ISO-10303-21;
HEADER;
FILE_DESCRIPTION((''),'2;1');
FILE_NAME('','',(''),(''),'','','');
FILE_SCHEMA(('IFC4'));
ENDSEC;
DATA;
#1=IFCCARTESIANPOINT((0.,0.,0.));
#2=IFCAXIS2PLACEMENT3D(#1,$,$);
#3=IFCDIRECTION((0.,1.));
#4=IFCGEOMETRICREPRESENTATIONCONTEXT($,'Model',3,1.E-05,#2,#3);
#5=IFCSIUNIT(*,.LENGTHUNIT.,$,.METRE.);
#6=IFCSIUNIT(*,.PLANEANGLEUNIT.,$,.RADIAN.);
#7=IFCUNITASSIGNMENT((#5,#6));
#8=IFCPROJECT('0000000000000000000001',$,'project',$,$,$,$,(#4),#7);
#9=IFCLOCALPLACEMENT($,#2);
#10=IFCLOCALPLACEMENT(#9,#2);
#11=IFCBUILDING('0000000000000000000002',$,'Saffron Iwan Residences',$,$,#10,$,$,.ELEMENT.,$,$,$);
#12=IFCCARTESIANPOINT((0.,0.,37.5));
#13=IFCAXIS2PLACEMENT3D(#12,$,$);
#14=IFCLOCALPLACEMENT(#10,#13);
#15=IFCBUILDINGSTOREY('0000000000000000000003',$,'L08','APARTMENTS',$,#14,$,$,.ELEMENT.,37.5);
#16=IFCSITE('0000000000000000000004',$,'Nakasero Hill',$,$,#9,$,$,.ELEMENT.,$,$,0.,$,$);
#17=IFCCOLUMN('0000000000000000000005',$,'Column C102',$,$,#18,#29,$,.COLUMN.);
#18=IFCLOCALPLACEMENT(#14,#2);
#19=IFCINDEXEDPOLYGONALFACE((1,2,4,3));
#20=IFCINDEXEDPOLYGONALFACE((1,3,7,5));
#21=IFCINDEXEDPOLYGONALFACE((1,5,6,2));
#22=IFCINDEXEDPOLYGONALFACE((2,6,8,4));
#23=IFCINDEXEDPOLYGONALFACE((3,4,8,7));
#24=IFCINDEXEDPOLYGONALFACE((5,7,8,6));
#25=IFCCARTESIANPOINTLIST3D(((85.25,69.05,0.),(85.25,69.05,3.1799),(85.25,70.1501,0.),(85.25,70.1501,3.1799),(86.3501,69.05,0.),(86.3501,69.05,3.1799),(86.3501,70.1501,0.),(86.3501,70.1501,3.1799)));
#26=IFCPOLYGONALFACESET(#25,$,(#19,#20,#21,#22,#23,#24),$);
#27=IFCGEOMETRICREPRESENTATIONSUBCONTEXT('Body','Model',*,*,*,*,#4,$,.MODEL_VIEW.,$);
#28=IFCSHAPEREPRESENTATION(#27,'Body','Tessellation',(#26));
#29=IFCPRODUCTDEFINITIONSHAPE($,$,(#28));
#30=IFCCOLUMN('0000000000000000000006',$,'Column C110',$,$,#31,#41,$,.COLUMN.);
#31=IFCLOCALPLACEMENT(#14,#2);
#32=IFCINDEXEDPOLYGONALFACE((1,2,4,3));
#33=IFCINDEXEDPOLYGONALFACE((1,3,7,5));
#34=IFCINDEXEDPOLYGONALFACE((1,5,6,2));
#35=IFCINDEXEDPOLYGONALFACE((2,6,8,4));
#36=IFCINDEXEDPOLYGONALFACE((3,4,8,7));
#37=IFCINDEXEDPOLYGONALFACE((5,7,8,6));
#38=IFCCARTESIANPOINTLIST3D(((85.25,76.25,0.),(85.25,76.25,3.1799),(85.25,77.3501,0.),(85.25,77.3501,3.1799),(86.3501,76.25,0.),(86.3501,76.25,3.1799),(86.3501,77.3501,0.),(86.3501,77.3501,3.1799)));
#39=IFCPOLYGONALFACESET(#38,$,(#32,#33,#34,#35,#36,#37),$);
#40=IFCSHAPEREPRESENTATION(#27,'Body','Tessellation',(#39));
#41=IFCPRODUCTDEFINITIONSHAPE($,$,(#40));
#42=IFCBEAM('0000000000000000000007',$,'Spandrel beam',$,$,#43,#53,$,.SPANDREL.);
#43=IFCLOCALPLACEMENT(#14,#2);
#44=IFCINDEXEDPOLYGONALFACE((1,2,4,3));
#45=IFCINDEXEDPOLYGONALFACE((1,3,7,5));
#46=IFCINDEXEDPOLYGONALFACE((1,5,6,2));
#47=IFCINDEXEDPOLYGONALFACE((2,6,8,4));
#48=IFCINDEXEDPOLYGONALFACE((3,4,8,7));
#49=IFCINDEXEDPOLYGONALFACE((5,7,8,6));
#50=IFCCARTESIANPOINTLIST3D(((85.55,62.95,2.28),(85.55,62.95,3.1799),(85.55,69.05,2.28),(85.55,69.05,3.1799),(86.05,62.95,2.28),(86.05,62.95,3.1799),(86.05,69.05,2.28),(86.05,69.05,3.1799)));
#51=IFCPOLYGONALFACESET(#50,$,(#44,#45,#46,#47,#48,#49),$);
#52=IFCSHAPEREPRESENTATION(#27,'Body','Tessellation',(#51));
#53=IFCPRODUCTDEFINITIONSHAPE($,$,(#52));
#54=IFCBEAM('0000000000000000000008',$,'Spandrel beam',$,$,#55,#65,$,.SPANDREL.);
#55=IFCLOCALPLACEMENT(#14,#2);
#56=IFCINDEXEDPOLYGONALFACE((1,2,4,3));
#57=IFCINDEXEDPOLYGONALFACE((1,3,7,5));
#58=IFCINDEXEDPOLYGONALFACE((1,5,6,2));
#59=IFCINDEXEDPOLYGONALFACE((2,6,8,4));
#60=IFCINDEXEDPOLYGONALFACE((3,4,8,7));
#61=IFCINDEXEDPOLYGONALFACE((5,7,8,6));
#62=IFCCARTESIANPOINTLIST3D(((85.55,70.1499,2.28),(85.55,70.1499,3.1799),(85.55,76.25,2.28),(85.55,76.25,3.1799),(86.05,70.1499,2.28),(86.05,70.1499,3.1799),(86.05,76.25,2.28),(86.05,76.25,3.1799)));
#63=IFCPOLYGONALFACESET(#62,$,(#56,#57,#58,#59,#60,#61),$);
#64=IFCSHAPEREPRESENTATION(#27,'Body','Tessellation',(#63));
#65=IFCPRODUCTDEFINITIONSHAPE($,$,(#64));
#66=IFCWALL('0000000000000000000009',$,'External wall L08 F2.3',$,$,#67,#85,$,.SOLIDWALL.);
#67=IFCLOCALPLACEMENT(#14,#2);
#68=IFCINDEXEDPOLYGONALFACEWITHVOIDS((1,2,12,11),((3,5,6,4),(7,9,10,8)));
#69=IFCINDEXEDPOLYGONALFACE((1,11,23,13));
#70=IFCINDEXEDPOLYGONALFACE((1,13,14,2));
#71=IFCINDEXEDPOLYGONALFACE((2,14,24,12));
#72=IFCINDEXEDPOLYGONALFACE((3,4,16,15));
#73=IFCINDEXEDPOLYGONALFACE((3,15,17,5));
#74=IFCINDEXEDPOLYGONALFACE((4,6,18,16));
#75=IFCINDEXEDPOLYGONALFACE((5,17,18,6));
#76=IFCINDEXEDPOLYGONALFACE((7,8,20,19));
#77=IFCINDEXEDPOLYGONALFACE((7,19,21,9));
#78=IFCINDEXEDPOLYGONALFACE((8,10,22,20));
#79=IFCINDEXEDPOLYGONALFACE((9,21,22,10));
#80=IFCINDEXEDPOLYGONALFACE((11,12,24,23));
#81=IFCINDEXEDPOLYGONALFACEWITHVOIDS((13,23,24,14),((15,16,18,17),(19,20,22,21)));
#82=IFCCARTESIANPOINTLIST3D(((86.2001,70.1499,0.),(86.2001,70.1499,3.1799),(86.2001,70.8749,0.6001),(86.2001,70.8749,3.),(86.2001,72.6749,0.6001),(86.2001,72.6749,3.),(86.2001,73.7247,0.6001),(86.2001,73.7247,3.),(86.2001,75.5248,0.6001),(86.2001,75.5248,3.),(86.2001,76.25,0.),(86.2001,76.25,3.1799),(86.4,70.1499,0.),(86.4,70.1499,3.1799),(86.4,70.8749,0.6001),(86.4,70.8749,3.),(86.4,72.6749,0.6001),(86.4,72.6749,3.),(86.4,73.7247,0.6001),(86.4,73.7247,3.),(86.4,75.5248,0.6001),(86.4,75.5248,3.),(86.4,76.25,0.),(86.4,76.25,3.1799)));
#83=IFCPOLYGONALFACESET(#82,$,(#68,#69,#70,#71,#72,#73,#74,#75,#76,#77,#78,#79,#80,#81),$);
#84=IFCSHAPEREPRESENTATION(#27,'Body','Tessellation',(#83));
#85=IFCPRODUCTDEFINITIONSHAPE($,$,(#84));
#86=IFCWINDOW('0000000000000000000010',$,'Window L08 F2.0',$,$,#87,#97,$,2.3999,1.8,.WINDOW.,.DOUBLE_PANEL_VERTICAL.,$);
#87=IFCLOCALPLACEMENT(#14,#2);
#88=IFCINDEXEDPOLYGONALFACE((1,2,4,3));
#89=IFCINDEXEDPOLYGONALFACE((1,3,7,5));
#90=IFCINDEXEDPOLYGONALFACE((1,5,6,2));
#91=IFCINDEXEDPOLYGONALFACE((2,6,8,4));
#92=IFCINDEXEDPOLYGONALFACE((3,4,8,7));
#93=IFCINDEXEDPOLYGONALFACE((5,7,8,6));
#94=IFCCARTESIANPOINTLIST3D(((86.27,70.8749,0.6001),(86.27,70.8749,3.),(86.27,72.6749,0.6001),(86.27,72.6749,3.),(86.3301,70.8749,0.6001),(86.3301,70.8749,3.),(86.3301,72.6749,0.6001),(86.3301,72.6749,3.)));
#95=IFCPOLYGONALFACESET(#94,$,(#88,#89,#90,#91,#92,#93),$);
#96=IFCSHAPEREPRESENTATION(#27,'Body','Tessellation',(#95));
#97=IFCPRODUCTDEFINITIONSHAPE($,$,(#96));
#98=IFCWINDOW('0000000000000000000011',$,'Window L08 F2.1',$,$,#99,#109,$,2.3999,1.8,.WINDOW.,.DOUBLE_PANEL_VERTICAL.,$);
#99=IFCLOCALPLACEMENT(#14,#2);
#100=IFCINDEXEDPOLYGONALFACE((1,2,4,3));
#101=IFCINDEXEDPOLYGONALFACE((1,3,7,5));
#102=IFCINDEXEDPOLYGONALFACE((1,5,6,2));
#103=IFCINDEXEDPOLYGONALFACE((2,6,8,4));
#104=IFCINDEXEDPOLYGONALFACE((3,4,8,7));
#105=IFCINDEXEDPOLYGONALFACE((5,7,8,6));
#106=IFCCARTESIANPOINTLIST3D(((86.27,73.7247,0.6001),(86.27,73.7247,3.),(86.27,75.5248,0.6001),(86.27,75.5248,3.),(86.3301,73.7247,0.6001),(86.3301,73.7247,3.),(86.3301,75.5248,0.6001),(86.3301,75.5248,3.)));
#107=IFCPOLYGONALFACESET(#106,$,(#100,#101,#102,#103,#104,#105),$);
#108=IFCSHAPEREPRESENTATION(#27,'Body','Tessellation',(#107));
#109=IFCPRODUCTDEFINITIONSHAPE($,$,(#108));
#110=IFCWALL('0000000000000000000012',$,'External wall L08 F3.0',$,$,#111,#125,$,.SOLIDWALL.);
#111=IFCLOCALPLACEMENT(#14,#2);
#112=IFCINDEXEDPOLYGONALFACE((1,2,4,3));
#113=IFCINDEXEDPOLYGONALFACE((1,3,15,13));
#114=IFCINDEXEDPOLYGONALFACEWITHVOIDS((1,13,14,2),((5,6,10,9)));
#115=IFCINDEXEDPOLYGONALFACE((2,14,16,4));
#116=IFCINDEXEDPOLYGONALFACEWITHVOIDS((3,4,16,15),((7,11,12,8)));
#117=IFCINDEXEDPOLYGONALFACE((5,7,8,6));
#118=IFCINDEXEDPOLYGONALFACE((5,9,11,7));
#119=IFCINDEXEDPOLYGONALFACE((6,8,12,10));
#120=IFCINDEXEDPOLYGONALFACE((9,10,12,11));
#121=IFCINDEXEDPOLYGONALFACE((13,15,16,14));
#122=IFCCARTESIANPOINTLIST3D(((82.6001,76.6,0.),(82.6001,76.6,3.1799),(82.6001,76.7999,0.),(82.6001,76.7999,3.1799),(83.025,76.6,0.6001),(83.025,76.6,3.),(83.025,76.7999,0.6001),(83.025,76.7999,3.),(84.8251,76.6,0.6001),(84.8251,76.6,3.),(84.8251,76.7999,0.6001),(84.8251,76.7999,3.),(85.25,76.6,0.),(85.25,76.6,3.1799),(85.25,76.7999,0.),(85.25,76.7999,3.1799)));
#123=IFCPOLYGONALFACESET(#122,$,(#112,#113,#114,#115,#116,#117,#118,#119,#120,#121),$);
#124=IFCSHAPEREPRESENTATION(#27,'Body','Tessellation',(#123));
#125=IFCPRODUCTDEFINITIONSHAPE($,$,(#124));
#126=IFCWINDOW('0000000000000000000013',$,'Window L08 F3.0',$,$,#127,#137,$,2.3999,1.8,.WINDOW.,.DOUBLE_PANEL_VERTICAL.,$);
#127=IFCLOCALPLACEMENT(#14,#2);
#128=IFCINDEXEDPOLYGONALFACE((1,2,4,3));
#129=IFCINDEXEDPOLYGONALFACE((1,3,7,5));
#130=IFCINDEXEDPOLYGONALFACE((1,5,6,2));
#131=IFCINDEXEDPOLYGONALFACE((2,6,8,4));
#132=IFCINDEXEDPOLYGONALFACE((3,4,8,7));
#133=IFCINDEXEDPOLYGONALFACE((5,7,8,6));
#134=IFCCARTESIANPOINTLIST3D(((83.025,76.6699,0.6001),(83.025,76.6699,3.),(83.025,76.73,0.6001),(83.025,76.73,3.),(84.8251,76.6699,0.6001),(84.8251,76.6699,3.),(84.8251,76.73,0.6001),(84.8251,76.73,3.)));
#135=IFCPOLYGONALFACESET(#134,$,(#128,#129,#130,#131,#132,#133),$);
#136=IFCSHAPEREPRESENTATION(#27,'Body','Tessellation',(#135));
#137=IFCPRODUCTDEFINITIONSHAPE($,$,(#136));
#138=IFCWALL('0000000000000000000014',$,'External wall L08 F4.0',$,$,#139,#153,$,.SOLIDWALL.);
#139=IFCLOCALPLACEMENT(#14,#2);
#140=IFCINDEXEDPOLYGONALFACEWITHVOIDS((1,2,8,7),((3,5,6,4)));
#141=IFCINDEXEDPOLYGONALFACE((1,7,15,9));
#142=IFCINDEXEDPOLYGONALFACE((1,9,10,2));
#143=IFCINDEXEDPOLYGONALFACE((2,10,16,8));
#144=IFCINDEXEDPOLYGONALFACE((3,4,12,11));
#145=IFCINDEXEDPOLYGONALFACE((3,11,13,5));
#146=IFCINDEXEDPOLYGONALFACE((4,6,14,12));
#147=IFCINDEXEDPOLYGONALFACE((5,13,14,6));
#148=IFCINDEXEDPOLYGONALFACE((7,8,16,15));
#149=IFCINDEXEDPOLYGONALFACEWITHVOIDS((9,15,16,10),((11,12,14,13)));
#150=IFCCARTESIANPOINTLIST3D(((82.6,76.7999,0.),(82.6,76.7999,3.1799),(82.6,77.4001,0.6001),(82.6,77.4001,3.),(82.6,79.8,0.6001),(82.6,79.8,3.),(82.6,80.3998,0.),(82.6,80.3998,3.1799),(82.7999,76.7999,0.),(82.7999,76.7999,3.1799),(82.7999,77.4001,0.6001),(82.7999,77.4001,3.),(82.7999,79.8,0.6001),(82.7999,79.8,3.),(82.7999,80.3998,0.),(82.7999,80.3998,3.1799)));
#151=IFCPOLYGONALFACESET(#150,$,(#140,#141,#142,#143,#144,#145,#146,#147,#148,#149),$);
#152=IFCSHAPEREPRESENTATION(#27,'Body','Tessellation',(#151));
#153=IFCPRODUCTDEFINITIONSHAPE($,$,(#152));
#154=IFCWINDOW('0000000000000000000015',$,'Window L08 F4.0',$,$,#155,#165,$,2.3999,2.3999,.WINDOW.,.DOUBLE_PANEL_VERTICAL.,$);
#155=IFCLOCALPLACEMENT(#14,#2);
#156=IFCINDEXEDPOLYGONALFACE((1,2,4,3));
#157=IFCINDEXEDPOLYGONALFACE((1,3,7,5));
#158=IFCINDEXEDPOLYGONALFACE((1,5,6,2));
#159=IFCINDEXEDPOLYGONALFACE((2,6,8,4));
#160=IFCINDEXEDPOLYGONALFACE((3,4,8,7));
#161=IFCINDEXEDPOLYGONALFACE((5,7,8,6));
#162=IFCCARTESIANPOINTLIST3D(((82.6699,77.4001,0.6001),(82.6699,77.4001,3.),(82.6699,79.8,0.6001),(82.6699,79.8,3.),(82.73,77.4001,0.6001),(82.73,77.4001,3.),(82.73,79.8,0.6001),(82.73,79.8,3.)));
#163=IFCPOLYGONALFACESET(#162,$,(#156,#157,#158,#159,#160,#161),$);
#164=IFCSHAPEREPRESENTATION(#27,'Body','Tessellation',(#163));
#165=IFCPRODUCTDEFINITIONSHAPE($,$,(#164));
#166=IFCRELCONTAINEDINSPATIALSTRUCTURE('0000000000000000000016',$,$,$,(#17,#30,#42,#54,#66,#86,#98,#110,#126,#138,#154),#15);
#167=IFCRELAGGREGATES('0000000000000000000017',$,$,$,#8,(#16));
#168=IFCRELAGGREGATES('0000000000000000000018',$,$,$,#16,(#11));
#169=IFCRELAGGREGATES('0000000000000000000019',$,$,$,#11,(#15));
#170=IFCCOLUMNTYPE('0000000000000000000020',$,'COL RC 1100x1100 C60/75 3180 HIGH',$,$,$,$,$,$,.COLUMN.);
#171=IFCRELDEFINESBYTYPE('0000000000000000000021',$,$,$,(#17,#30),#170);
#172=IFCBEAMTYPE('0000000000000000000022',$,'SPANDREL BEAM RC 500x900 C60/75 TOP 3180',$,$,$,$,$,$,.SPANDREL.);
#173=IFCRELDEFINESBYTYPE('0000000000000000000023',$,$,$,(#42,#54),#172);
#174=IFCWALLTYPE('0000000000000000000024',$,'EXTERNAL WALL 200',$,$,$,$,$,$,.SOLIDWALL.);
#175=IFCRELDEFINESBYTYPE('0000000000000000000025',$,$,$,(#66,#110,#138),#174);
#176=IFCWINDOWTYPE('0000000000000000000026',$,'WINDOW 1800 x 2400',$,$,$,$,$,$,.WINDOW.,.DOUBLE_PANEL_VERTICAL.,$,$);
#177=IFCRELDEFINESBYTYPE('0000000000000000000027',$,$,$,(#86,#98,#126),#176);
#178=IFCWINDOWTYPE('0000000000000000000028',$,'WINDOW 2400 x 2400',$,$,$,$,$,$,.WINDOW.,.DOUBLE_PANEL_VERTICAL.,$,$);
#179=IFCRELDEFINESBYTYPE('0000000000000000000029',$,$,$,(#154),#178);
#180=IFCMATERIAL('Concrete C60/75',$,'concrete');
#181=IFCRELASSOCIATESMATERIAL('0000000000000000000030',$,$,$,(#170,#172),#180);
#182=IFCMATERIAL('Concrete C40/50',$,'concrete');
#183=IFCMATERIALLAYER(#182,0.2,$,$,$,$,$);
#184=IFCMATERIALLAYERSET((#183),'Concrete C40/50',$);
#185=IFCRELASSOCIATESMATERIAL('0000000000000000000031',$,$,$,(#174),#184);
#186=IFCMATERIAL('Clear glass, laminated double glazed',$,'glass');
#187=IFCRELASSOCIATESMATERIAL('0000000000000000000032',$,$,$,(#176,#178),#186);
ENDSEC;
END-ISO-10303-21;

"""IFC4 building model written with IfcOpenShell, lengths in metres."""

from ifc_helpers import new_model, si_unit, direction, frame, frame_2d, origin, origin_2d, place, context, subcontext, project, spatial, rectangle, extrude, source, transform, mapped, material, layer, layer_set, material_profile, profile_set, type_object, element, fill, save


model = new_model("IFC4")

# Units and contexts
model_context = context("Model", 3, precision=1e-05, world=origin(), true_north=direction((0.0, 1.0)))
body_context = subcontext(model_context, "Body", "Model", "MODEL_VIEW")
ifc_project = project(units=[si_unit("LENGTHUNIT", "METRE"), si_unit("PLANEANGLEUNIT", "RADIAN")], contexts=[model_context])

# Site, building, storey
site_placement = place(None, origin())
site = spatial("IfcSite", under=ifc_project, at=site_placement, Name="Nakasero Hill", CompositionType="ELEMENT", RefElevation=0.0)
building_placement = place(site_placement, origin())
building = spatial("IfcBuilding", under=site, at=building_placement, Name="Saffron Iwan Residences", CompositionType="ELEMENT")
storey_placement = place(building_placement, frame((0.0, 0.0, 37.5)))
storey = spatial("IfcBuildingStorey", under=building, at=storey_placement, Name="L08", Description="APARTMENTS", CompositionType="ELEMENT", Elevation=37.5)

# Columns
ifc_material_1 = material(Name="Concrete C60/75", Category="concrete")
ifc_material_profile_1 = material_profile(ifc_material_1, rectangle(XDim=1.1001, YDim=1.1001, at=origin_2d()), Name="RC 1100x1100")
ifc_profile_set_1 = profile_set([ifc_material_profile_1], Name="Concrete C60/75")
column_type = type_object("IfcColumnType", Name="COL RC 1100x1100 C60/75 3180 HIGH", PredefinedType="COLUMN", material=ifc_profile_set_1)
shared_shape_1 = source(origin(), body_context, "Body", "SweptSolid", [
    extrude(rectangle(XDim=1.1001, YDim=1.1001, at=origin_2d()), origin(), (0.0, 0.0, 1.0), 3.1799),
])
for number, where, z_axis, x_axis, name in (
    (1, (85.8, 69.6001, 0.0), (0.0, 0.0, 1.0), (1.0, 0.0, 0.0), "Column C102"),
    (2, (85.8, 76.8, 0.0), (0.0, 0.0, 1.0), (1.0, 0.0, 0.0), "Column C110"),
):
    element("IfcColumn", number, at=place(storey_placement, frame(where, z_axis=z_axis, x_axis=x_axis)), inside=storey, type_object=column_type, Name=name, PredefinedType="COLUMN", context=body_context, shape_type="MappedRepresentation", body=[
        mapped(shared_shape_1, transform((0.0, 0.0, 0.0))),
    ])

# Beams
ifc_material_profile_2 = material_profile(ifc_material_1, rectangle(XDim=0.5, YDim=0.8999, at=origin_2d()), Name="RC 500x900")
ifc_profile_set_2 = profile_set([ifc_material_profile_2], Name="Concrete C60/75")
beam_type = type_object("IfcBeamType", Name="SPANDREL BEAM RC 500x900 C60/75 TOP 3180", PredefinedType="SPANDREL", material=ifc_profile_set_2)
shared_shape_2 = source(origin(), body_context, "Body", "SweptSolid", [
    extrude(rectangle(XDim=0.5, YDim=0.8999, at=origin_2d()), origin(), (0.0, 0.0, 1.0), 6.1001),
])
for number, where, z_axis, x_axis, name in (
    (3, (85.8, 69.05, 2.73), (0.0, -1.0, 0.0), (1.0, 0.0, 0.0), "Spandrel beam"),
    (4, (85.8, 76.25, 2.73), (0.0, -1.0, 0.0), (1.0, 0.0, 0.0), "Spandrel beam"),
):
    element("IfcBeam", number, at=place(storey_placement, frame(where, z_axis=z_axis, x_axis=x_axis)), inside=storey, type_object=beam_type, Name=name, PredefinedType="SPANDREL", context=body_context, shape_type="MappedRepresentation", body=[
        mapped(shared_shape_2, transform((0.0, 0.0, 0.0))),
    ])

# Wall, openings, windows
ifc_material_2 = material(Name="Concrete C40/50", Category="concrete")
ifc_layer = layer(ifc_material_2, 0.2)
ifc_layer_set = layer_set([ifc_layer], Name="Concrete C40/50")
wall_type = type_object("IfcWallType", Name="EXTERNAL WALL 200", PredefinedType="SOLIDWALL", material=ifc_layer_set)
wall_1_placement = place(storey_placement, frame((86.3, 70.1499, 0.0), z_axis=(0.0, 0.0, 1.0), x_axis=(0.0, 1.0, 0.0)))
wall_1 = element("IfcWall", 5, at=wall_1_placement, inside=storey, type_object=wall_type, Name="External wall L08 F2.3", PredefinedType="SOLIDWALL", context=body_context, shape_type="SweptSolid", body=[
    extrude(rectangle(XDim=6.1001, YDim=0.2, at=frame_2d((3.05, 0.0))), origin(), (0.0, 0.0, 1.0), 3.1799),
])
opening_1_placement = place(wall_1_placement, frame((0.7251, 0.0, 0.6001)))
opening_1 = element("IfcOpeningElement", 6, at=opening_1_placement, cuts=wall_1, PredefinedType="OPENING", context=body_context, shape_type="SweptSolid", body=[
    extrude(rectangle(XDim=1.8, YDim=2.3999, at=frame_2d((0.8999, 1.2))), frame((0.0, 0.1099, 0.0), z_axis=(0.0, -1.0, 0.0), x_axis=(1.0, 0.0, 0.0)), (0.0, 0.0, 1.0), 0.22),
])
opening_2_placement = place(wall_1_placement, frame((3.575, 0.0, 0.6001)))
opening_2 = element("IfcOpeningElement", 7, at=opening_2_placement, cuts=wall_1, PredefinedType="OPENING", context=body_context, shape_type="SweptSolid", body=[
    extrude(rectangle(XDim=1.8, YDim=2.3999, at=frame_2d((0.8999, 1.2))), frame((0.0, 0.1099, 0.0), z_axis=(0.0, -1.0, 0.0), x_axis=(1.0, 0.0, 0.0)), (0.0, 0.0, 1.0), 0.22),
])
ifc_material_3 = material(Name="Clear glass, laminated double glazed", Category="glass")
window_type_1 = type_object("IfcWindowType", Name="WINDOW 1800 x 2400", PartitioningType="DOUBLE_PANEL_VERTICAL", PredefinedType="WINDOW", material=ifc_material_3)
window_1_placement = place(opening_1_placement, origin())
window_1 = element("IfcWindow", 8, at=window_1_placement, inside=storey, type_object=window_type_1, Name="Window L08 F2.0", OverallHeight=2.3999, OverallWidth=1.8, PartitioningType="DOUBLE_PANEL_VERTICAL", PredefinedType="WINDOW", context=body_context, shape_type="SweptSolid", body=[
    extrude(rectangle(XDim=1.8, YDim=2.3999, at=frame_2d((0.8999, 1.2))), frame((0.0, 0.03, 0.0), z_axis=(0.0, -1.0, 0.0), x_axis=(1.0, 0.0, 0.0)), (0.0, 0.0, 1.0), 0.0601),
])
fill(opening_1, window_1)
window_2_placement = place(opening_2_placement, origin())
window_2 = element("IfcWindow", 9, at=window_2_placement, inside=storey, type_object=window_type_1, Name="Window L08 F2.1", OverallHeight=2.3999, OverallWidth=1.8, PartitioningType="DOUBLE_PANEL_VERTICAL", PredefinedType="WINDOW", context=body_context, shape_type="SweptSolid", body=[
    extrude(rectangle(XDim=1.8, YDim=2.3999, at=frame_2d((0.8999, 1.2))), frame((0.0, 0.03, 0.0), z_axis=(0.0, -1.0, 0.0), x_axis=(1.0, 0.0, 0.0)), (0.0, 0.0, 1.0), 0.0601),
])
fill(opening_2, window_2)

# Walls, openings, windows
wall_2_placement = place(storey_placement, frame((85.25, 76.7, 0.0), z_axis=(0.0, 0.0, 1.0), x_axis=(-1.0, 0.0, 0.0)))
wall_2 = element("IfcWall", 10, at=wall_2_placement, inside=storey, type_object=wall_type, Name="External wall L08 F3.0", PredefinedType="SOLIDWALL", context=body_context, shape_type="SweptSolid", body=[
    extrude(rectangle(XDim=2.6499, YDim=0.2, at=frame_2d((1.325, 0.0))), origin(), (0.0, 0.0, 1.0), 3.1799),
])
opening_3_placement = place(wall_2_placement, frame((0.425, 0.0, 0.6001)))
opening_3 = element("IfcOpeningElement", 11, at=opening_3_placement, cuts=wall_2, PredefinedType="OPENING", context=body_context, shape_type="SweptSolid", body=[
    extrude(rectangle(XDim=1.8, YDim=2.3999, at=frame_2d((0.8999, 1.2))), frame((0.0, 0.1099, 0.0), z_axis=(0.0, -1.0, 0.0), x_axis=(1.0, 0.0, 0.0)), (0.0, 0.0, 1.0), 0.22),
])
window_3_placement = place(opening_3_placement, origin())
window_3 = element("IfcWindow", 12, at=window_3_placement, inside=storey, type_object=window_type_1, Name="Window L08 F3.0", OverallHeight=2.3999, OverallWidth=1.8, PartitioningType="DOUBLE_PANEL_VERTICAL", PredefinedType="WINDOW", context=body_context, shape_type="SweptSolid", body=[
    extrude(rectangle(XDim=1.8, YDim=2.3999, at=frame_2d((0.8999, 1.2))), frame((0.0, 0.03, 0.0), z_axis=(0.0, -1.0, 0.0), x_axis=(1.0, 0.0, 0.0)), (0.0, 0.0, 1.0), 0.0601),
])
fill(opening_3, window_3)
wall_3_placement = place(storey_placement, frame((82.7, 76.8, 0.0), z_axis=(0.0, 0.0, 1.0), x_axis=(0.0, 1.0, 0.0)))
wall_3 = element("IfcWall", 13, at=wall_3_placement, inside=storey, type_object=wall_type, Name="External wall L08 F4.0", PredefinedType="SOLIDWALL", context=body_context, shape_type="SweptSolid", body=[
    extrude(rectangle(XDim=3.5999, YDim=0.2, at=frame_2d((1.7998, 0.0))), origin(), (0.0, 0.0, 1.0), 3.1799),
])
opening_4_placement = place(wall_3_placement, frame((0.6001, 0.0, 0.6001)))
opening_4 = element("IfcOpeningElement", 14, at=opening_4_placement, cuts=wall_3, PredefinedType="OPENING", context=body_context, shape_type="SweptSolid", body=[
    extrude(rectangle(XDim=2.3999, YDim=2.3999, at=frame_2d((1.2, 1.2))), frame((0.0, 0.1099, 0.0), z_axis=(0.0, -1.0, 0.0), x_axis=(1.0, 0.0, 0.0)), (0.0, 0.0, 1.0), 0.22),
])
window_type_2 = type_object("IfcWindowType", Name="WINDOW 2400 x 2400", PartitioningType="DOUBLE_PANEL_VERTICAL", PredefinedType="WINDOW", material=ifc_material_3)
window_4_placement = place(opening_4_placement, origin())
window_4 = element("IfcWindow", 15, at=window_4_placement, inside=storey, type_object=window_type_2, Name="Window L08 F4.0", OverallHeight=2.3999, OverallWidth=2.3999, PartitioningType="DOUBLE_PANEL_VERTICAL", PredefinedType="WINDOW", context=body_context, shape_type="SweptSolid", body=[
    extrude(rectangle(XDim=2.3999, YDim=2.3999, at=frame_2d((1.2, 1.2))), frame((0.0, 0.03, 0.0), z_axis=(0.0, -1.0, 0.0), x_axis=(1.0, 0.0, 0.0)), (0.0, 0.0, 1.0), 0.0601),
])
fill(opening_4, window_4)

save(model, "model.ifc")
